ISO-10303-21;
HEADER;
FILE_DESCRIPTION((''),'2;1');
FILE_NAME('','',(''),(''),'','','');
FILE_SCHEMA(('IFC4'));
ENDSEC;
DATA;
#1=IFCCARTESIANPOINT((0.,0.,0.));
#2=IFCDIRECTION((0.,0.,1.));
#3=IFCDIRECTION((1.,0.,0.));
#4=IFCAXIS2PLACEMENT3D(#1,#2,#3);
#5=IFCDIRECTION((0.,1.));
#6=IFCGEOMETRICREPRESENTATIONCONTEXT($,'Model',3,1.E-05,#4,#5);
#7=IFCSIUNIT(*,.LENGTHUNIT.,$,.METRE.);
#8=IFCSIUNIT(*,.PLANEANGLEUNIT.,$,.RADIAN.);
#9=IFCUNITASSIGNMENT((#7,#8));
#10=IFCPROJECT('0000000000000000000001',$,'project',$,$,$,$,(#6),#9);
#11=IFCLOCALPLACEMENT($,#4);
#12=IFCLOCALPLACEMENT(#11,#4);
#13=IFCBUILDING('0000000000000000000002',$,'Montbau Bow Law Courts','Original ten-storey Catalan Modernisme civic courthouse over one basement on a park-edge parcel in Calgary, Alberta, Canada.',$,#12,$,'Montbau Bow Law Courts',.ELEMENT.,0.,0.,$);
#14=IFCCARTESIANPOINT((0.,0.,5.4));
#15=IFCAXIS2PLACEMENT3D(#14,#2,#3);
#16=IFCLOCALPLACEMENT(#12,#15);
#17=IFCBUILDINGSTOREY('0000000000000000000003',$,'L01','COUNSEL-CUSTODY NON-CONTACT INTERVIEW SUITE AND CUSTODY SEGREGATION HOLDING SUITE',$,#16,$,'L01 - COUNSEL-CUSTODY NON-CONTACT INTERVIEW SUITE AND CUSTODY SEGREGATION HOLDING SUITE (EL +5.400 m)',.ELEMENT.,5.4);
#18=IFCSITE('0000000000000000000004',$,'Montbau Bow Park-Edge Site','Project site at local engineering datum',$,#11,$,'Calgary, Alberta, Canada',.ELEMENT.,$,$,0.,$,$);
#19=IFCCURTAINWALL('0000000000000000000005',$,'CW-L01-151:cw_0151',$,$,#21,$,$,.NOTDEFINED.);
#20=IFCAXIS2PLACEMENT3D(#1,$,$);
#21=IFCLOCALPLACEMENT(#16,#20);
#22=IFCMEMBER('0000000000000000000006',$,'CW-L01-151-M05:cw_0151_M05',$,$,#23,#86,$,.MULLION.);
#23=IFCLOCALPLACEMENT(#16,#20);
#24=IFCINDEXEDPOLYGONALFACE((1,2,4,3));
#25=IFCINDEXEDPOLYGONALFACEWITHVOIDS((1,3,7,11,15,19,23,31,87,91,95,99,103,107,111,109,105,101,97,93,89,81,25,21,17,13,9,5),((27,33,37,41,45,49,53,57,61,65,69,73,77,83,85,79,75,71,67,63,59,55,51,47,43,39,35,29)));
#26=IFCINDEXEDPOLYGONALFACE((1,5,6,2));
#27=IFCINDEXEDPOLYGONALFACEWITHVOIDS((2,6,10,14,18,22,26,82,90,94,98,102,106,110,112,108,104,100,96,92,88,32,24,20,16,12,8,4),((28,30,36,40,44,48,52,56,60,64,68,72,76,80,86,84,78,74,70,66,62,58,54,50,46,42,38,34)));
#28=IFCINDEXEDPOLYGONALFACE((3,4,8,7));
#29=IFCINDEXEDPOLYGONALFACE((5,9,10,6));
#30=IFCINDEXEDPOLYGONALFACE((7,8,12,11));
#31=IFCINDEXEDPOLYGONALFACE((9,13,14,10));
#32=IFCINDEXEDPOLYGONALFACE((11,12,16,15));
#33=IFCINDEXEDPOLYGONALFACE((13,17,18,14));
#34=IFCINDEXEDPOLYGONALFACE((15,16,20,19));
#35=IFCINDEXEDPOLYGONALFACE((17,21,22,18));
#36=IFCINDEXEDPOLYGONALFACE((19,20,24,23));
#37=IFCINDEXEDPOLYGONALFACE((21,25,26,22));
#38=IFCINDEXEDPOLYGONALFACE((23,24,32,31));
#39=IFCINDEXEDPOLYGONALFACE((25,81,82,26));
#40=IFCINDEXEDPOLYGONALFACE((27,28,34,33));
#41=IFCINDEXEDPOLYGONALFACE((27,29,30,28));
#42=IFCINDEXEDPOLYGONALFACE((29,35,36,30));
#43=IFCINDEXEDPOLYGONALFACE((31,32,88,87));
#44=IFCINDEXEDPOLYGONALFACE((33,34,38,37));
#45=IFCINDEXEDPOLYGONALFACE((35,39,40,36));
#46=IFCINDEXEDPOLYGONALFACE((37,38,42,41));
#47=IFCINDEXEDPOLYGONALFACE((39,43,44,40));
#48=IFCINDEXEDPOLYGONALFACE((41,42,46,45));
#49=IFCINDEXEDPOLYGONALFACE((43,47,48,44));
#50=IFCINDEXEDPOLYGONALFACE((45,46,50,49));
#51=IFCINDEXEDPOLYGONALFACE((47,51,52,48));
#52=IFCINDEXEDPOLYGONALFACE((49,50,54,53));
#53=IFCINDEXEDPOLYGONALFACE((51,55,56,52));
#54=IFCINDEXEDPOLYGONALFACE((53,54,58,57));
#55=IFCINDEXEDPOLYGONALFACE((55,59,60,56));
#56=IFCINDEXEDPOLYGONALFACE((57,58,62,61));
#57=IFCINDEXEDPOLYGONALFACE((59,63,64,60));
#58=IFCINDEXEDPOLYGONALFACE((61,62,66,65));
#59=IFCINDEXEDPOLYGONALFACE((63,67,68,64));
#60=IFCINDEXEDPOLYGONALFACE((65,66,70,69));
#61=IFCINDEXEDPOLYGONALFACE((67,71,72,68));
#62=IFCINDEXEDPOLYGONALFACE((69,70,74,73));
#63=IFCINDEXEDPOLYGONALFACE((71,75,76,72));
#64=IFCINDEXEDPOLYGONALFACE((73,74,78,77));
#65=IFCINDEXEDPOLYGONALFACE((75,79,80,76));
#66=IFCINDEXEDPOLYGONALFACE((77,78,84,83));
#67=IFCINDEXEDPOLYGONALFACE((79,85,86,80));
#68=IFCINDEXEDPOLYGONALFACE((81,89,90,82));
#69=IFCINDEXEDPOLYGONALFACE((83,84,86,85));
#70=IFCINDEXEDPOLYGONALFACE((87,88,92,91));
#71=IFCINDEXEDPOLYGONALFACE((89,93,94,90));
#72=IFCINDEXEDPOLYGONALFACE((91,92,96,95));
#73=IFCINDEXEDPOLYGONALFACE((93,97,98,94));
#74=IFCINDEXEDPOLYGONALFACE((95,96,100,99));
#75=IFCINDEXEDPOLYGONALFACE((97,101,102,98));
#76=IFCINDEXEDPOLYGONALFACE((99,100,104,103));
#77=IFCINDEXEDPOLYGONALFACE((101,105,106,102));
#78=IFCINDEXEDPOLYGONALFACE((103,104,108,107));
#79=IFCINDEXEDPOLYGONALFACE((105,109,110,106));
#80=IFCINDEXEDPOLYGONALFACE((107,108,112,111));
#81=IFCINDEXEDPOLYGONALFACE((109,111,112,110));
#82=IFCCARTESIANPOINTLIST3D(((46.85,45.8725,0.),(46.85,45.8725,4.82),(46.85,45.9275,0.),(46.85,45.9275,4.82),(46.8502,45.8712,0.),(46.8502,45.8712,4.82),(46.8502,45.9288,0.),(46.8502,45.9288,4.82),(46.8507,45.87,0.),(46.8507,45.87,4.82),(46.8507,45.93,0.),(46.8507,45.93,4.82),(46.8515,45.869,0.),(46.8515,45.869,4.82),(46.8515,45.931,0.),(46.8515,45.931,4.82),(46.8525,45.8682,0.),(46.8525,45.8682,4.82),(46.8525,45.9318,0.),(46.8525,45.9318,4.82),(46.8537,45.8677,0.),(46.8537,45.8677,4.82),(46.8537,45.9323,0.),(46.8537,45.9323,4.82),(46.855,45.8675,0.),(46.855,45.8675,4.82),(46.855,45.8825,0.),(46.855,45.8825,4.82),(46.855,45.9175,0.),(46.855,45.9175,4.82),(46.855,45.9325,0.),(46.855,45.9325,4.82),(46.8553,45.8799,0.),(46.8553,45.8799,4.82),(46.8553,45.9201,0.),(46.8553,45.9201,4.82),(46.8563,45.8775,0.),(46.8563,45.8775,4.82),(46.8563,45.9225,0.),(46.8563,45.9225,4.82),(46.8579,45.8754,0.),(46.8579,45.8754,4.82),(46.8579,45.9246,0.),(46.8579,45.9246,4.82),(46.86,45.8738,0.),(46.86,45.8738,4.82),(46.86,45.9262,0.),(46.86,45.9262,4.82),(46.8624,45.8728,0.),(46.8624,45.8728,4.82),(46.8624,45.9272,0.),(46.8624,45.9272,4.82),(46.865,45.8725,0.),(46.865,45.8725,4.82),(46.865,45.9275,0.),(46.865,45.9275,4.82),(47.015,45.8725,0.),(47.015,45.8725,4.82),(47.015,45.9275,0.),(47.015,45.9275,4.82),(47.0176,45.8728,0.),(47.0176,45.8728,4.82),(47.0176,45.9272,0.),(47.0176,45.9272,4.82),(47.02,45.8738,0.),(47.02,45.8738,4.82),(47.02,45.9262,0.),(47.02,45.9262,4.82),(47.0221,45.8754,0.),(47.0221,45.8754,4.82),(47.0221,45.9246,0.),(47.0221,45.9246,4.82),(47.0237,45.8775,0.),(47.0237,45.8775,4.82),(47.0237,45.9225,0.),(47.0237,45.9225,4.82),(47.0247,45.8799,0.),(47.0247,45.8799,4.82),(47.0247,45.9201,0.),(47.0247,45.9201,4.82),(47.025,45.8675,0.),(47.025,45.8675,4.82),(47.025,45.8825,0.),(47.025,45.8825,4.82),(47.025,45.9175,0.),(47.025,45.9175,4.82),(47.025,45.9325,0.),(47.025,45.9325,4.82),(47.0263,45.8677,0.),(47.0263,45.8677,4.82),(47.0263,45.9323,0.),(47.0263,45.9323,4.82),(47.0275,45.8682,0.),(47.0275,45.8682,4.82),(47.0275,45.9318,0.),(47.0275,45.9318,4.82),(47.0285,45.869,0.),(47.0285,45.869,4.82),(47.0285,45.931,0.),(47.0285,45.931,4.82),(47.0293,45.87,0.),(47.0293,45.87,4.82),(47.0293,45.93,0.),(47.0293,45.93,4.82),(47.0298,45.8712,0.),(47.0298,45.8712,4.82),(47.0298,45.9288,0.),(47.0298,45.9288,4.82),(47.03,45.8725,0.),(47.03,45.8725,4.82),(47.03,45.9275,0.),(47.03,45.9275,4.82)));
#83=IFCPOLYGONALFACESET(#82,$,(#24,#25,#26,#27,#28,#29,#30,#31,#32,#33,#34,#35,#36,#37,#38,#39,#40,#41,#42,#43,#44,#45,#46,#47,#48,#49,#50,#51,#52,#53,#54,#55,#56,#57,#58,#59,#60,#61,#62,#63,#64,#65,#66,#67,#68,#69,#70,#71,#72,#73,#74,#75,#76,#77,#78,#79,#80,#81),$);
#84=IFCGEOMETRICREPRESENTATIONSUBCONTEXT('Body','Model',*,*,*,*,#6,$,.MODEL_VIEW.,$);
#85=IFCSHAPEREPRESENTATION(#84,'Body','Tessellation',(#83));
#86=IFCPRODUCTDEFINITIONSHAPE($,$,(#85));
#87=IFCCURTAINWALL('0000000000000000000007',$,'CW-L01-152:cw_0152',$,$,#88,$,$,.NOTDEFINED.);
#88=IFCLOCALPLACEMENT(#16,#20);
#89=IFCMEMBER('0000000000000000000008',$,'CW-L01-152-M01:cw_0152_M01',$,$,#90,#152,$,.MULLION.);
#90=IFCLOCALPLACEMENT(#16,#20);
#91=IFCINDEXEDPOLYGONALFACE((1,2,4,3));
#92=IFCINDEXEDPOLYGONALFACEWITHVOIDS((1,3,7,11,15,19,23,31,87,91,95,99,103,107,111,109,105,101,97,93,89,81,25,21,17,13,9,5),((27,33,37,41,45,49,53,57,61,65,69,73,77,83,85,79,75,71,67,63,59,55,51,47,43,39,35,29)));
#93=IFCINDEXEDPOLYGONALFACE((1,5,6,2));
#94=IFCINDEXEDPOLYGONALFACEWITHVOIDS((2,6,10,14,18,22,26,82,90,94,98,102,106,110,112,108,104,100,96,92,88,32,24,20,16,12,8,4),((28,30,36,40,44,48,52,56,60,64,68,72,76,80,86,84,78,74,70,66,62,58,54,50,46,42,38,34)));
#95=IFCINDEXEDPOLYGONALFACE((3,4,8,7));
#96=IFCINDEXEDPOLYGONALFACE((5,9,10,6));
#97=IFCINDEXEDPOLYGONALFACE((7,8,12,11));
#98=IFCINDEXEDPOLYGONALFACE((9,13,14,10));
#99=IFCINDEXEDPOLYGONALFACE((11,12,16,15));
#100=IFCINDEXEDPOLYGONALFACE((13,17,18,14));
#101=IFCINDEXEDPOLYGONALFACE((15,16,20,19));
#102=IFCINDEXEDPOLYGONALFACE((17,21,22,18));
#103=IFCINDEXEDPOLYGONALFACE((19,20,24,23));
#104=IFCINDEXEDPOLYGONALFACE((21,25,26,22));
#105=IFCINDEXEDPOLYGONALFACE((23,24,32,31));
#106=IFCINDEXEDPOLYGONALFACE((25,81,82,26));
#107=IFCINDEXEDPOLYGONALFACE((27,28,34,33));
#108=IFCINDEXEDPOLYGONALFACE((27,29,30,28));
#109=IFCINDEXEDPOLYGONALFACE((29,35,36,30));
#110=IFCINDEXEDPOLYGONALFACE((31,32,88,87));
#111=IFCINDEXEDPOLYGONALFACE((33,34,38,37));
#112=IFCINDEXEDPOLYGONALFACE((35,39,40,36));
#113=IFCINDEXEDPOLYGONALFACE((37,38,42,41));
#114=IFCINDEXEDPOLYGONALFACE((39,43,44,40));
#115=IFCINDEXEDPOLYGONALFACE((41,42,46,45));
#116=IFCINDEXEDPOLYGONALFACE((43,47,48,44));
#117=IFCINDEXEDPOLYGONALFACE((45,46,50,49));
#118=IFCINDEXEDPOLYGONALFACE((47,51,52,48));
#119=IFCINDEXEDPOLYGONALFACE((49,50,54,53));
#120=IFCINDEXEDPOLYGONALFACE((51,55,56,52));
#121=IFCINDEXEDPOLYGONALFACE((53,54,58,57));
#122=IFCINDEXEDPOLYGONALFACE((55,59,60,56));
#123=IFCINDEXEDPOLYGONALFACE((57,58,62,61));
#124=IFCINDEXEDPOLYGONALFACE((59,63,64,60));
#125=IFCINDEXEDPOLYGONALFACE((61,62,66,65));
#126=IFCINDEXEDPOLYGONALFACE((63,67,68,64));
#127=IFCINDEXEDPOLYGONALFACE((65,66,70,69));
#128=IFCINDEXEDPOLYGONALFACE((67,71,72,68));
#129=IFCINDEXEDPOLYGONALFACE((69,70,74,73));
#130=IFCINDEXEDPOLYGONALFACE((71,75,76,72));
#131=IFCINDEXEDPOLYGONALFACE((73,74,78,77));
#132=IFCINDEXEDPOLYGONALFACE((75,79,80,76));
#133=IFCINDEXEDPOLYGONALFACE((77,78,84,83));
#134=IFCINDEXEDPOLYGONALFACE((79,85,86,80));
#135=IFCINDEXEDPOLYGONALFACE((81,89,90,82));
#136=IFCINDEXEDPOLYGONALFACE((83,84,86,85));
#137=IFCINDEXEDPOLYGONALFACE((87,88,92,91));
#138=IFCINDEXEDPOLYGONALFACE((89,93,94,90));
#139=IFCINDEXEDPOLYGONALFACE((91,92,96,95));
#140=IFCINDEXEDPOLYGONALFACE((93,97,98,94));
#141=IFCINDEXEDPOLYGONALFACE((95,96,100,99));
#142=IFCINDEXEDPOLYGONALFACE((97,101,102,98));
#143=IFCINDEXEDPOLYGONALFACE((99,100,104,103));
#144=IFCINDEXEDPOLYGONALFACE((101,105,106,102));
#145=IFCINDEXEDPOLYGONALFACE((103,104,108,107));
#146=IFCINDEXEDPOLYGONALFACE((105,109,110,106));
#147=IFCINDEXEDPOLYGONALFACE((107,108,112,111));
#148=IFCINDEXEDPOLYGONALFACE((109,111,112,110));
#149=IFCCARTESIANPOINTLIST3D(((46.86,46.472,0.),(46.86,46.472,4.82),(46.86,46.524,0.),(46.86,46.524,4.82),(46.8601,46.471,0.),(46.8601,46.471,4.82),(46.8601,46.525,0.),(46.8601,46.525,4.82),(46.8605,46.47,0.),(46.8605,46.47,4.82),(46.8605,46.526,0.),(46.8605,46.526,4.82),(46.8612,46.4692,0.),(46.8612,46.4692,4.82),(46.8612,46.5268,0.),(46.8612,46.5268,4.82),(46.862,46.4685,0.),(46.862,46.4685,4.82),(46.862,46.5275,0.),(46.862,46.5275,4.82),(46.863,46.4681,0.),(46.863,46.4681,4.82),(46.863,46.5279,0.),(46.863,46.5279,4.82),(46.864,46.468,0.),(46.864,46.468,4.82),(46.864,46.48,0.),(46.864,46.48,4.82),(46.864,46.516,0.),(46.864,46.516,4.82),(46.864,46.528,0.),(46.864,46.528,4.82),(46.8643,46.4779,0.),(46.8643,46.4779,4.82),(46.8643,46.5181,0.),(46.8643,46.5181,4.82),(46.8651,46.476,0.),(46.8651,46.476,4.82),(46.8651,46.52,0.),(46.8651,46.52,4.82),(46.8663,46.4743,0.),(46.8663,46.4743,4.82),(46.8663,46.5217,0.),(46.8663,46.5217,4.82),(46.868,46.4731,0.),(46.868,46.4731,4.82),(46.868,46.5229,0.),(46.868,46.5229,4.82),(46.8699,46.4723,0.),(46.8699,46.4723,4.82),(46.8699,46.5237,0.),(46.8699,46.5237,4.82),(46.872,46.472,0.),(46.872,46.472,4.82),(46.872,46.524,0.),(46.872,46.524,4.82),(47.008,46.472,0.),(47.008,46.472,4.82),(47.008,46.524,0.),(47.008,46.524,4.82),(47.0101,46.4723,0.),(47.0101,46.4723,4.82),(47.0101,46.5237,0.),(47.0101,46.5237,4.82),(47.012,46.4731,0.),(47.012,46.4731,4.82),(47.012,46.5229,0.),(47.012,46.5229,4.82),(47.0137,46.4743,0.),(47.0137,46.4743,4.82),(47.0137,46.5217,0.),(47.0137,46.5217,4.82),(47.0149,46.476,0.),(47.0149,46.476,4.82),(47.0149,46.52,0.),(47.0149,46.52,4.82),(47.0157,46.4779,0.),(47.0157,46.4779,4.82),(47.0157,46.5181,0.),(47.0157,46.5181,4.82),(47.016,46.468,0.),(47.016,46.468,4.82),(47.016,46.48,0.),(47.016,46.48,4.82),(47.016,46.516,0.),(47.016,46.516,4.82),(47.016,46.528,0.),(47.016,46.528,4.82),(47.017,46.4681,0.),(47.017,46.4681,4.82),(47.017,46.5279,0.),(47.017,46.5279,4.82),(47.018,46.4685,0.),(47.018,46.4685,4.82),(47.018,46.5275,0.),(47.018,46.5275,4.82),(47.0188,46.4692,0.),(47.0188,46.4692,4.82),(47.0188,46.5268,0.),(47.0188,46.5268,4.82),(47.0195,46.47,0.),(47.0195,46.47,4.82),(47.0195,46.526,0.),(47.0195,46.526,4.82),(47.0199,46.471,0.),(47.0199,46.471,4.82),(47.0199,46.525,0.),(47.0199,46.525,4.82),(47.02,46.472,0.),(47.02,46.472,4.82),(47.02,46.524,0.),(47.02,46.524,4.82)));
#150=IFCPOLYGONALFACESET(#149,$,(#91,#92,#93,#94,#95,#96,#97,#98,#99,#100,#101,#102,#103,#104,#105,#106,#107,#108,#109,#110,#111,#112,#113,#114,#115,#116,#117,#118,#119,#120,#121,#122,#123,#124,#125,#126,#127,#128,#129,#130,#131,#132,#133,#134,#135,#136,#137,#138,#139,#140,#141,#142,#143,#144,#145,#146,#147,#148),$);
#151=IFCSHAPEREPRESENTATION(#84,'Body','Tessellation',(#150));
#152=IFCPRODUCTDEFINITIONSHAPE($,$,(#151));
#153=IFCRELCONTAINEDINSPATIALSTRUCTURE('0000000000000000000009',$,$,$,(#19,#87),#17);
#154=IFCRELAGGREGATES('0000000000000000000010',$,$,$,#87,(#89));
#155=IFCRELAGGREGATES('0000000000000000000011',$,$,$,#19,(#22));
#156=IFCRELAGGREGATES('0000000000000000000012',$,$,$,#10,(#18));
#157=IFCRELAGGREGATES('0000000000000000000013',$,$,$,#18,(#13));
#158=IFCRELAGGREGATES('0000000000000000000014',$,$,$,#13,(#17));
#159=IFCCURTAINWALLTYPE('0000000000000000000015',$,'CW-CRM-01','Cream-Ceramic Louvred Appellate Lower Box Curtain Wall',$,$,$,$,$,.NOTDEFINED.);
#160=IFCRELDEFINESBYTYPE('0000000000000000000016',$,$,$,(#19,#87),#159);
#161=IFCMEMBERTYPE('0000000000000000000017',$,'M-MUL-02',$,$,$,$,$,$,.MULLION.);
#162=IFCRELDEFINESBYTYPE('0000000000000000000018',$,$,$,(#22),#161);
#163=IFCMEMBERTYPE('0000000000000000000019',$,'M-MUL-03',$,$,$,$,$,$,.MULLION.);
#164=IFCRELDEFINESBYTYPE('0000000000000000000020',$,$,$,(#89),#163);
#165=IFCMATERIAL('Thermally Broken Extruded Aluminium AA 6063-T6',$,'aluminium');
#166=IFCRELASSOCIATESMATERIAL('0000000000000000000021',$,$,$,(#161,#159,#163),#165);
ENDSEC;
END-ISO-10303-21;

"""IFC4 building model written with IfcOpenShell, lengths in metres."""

from ifc_helpers import new_model, si_unit, direction, frame, origin_with_axes, origin_2d_with_axis, place, context, subcontext, project, spatial, hollow_rectangle, extrude, material, material_profile, profile_set, type_object, element, aggregate, save


model = new_model("IFC4")

# Units and contexts
model_context = context("Model", 3, precision=1e-05, world=origin_with_axes(), true_north=direction((0.0, 1.0)))
body_context = subcontext(model_context, "Body", "Model", "MODEL_VIEW")
ifc_project = project(units=[si_unit("LENGTHUNIT", "METRE"), si_unit("PLANEANGLEUNIT", "RADIAN")], contexts=[model_context])

# Site, building, storey
site_placement = place(None, origin_with_axes())
site = spatial("IfcSite", under=ifc_project, at=site_placement, Name="Montbau Bow Park-Edge Site", Description="Project site at local engineering datum", LongName="Calgary, Alberta, Canada", CompositionType="ELEMENT", RefElevation=0.0)
building_placement = place(site_placement, origin_with_axes())
building = spatial("IfcBuilding", under=site, at=building_placement, Name="Montbau Bow Law Courts", Description="Original ten-storey Catalan Modernisme civic courthouse over one basement on a park-edge parcel in Calgary, Alberta, Canada.", LongName="Montbau Bow Law Courts", CompositionType="ELEMENT", ElevationOfRefHeight=0.0, ElevationOfTerrain=0.0)
storey_placement = place(building_placement, frame((0.0, 0.0, 5.4), z_axis=(0.0, 0.0, 1.0), x_axis=(1.0, 0.0, 0.0)))
storey = spatial("IfcBuildingStorey", under=building, at=storey_placement, Name="L01", Description="COUNSEL-CUSTODY NON-CONTACT INTERVIEW SUITE AND CUSTODY SEGREGATION HOLDING SUITE", LongName="L01 - COUNSEL-CUSTODY NON-CONTACT INTERVIEW SUITE AND CUSTODY SEGREGATION HOLDING SUITE (EL +5.400 m)", CompositionType="ELEMENT", Elevation=5.4)

# Shared definitions
ifc_material_1 = material(Name="Thermally Broken Extruded Aluminium AA 6063-T6", Category="aluminium")

# Shared definitions
ifc_material_profile_1 = material_profile(ifc_material_1, hollow_rectangle(XDim=0.065, YDim=0.18, WallThickness=0.005, InnerFilletRadius=0.01, OuterFilletRadius=0.005, at=origin_2d_with_axis()), Name="CWM-180X65", Category="Main", Priority=0)
ifc_profile_set_1 = profile_set([ifc_material_profile_1], Name="Thermally Broken Extruded Aluminium AA 6063-T6")
member_type_1 = type_object("IfcMemberType", Name="M-MUL-02", PredefinedType="MULLION", material=ifc_profile_set_1)

# Curtain wall, member
curtain_wall_type_1 = type_object("IfcCurtainWallType", Name="CW-CRM-01", Description="Cream-Ceramic Louvred Appellate Lower Box Curtain Wall", PredefinedType="NOTDEFINED", material=ifc_material_1)
curtain_wall_1_placement = place(None, frame((46.94, 39.515, 5.4), z_axis=(0.0, 0.0, 1.0), x_axis=(1.0, 0.0, 0.0)))
curtain_wall_1 = element("IfcCurtainWall", 1, at=curtain_wall_1_placement, inside=storey, type_object=curtain_wall_type_1, Name="CW-L01-151:cw_0151", PredefinedType="NOTDEFINED")
member_1_placement = place(None, frame((46.94, 45.9, 5.4), z_axis=(0.0, 0.0, 1.0), x_axis=(0.0, 1.0, 0.0)))
member_1 = element("IfcMember", 2, at=member_1_placement, type_object=member_type_1, Name="CW-L01-151-M05:cw_0151_M05", PredefinedType="MULLION", context=body_context, shape_type="SweptSolid", body=[
    extrude(hollow_rectangle(XDim=0.065, YDim=0.18, WallThickness=0.005, InnerFilletRadius=0.01, OuterFilletRadius=0.005, at=origin_2d_with_axis()), origin_with_axes(), (0.0, 0.0, 1.0), 4.82),
])

# Curtain wall, member
curtain_wall_2_placement = place(None, frame((46.94, 46.468, 5.4), z_axis=(0.0, 0.0, 1.0), x_axis=(1.0, 0.0, 0.0)))
curtain_wall_2 = element("IfcCurtainWall", 3, at=curtain_wall_2_placement, inside=storey, type_object=curtain_wall_type_1, Name="CW-L01-152:cw_0152", PredefinedType="NOTDEFINED")
ifc_material_profile_2 = material_profile(ifc_material_1, hollow_rectangle(XDim=0.06, YDim=0.16, WallThickness=0.004, InnerFilletRadius=0.008, OuterFilletRadius=0.004, at=origin_2d_with_axis()), Name="CWM-160X60", Category="Main", Priority=0)
ifc_profile_set_2 = profile_set([ifc_material_profile_2], Name="Thermally Broken Extruded Aluminium AA 6063-T6")
member_type_2 = type_object("IfcMemberType", Name="M-MUL-03", PredefinedType="MULLION", material=ifc_profile_set_2)
member_2_placement = place(None, frame((46.94, 46.498, 5.4), z_axis=(0.0, 0.0, 1.0), x_axis=(0.0, 1.0, 0.0)))
member_2 = element("IfcMember", 4, at=member_2_placement, type_object=member_type_2, Name="CW-L01-152-M01:cw_0152_M01", PredefinedType="MULLION", context=body_context, shape_type="SweptSolid", body=[
    extrude(hollow_rectangle(XDim=0.06, YDim=0.16, WallThickness=0.004, InnerFilletRadius=0.008, OuterFilletRadius=0.004, at=origin_2d_with_axis()), origin_with_axes(), (0.0, 0.0, 1.0), 4.82),
])

aggregate(curtain_wall_2, [member_2])
aggregate(curtain_wall_1, [member_1])

save(model, "model.ifc")
